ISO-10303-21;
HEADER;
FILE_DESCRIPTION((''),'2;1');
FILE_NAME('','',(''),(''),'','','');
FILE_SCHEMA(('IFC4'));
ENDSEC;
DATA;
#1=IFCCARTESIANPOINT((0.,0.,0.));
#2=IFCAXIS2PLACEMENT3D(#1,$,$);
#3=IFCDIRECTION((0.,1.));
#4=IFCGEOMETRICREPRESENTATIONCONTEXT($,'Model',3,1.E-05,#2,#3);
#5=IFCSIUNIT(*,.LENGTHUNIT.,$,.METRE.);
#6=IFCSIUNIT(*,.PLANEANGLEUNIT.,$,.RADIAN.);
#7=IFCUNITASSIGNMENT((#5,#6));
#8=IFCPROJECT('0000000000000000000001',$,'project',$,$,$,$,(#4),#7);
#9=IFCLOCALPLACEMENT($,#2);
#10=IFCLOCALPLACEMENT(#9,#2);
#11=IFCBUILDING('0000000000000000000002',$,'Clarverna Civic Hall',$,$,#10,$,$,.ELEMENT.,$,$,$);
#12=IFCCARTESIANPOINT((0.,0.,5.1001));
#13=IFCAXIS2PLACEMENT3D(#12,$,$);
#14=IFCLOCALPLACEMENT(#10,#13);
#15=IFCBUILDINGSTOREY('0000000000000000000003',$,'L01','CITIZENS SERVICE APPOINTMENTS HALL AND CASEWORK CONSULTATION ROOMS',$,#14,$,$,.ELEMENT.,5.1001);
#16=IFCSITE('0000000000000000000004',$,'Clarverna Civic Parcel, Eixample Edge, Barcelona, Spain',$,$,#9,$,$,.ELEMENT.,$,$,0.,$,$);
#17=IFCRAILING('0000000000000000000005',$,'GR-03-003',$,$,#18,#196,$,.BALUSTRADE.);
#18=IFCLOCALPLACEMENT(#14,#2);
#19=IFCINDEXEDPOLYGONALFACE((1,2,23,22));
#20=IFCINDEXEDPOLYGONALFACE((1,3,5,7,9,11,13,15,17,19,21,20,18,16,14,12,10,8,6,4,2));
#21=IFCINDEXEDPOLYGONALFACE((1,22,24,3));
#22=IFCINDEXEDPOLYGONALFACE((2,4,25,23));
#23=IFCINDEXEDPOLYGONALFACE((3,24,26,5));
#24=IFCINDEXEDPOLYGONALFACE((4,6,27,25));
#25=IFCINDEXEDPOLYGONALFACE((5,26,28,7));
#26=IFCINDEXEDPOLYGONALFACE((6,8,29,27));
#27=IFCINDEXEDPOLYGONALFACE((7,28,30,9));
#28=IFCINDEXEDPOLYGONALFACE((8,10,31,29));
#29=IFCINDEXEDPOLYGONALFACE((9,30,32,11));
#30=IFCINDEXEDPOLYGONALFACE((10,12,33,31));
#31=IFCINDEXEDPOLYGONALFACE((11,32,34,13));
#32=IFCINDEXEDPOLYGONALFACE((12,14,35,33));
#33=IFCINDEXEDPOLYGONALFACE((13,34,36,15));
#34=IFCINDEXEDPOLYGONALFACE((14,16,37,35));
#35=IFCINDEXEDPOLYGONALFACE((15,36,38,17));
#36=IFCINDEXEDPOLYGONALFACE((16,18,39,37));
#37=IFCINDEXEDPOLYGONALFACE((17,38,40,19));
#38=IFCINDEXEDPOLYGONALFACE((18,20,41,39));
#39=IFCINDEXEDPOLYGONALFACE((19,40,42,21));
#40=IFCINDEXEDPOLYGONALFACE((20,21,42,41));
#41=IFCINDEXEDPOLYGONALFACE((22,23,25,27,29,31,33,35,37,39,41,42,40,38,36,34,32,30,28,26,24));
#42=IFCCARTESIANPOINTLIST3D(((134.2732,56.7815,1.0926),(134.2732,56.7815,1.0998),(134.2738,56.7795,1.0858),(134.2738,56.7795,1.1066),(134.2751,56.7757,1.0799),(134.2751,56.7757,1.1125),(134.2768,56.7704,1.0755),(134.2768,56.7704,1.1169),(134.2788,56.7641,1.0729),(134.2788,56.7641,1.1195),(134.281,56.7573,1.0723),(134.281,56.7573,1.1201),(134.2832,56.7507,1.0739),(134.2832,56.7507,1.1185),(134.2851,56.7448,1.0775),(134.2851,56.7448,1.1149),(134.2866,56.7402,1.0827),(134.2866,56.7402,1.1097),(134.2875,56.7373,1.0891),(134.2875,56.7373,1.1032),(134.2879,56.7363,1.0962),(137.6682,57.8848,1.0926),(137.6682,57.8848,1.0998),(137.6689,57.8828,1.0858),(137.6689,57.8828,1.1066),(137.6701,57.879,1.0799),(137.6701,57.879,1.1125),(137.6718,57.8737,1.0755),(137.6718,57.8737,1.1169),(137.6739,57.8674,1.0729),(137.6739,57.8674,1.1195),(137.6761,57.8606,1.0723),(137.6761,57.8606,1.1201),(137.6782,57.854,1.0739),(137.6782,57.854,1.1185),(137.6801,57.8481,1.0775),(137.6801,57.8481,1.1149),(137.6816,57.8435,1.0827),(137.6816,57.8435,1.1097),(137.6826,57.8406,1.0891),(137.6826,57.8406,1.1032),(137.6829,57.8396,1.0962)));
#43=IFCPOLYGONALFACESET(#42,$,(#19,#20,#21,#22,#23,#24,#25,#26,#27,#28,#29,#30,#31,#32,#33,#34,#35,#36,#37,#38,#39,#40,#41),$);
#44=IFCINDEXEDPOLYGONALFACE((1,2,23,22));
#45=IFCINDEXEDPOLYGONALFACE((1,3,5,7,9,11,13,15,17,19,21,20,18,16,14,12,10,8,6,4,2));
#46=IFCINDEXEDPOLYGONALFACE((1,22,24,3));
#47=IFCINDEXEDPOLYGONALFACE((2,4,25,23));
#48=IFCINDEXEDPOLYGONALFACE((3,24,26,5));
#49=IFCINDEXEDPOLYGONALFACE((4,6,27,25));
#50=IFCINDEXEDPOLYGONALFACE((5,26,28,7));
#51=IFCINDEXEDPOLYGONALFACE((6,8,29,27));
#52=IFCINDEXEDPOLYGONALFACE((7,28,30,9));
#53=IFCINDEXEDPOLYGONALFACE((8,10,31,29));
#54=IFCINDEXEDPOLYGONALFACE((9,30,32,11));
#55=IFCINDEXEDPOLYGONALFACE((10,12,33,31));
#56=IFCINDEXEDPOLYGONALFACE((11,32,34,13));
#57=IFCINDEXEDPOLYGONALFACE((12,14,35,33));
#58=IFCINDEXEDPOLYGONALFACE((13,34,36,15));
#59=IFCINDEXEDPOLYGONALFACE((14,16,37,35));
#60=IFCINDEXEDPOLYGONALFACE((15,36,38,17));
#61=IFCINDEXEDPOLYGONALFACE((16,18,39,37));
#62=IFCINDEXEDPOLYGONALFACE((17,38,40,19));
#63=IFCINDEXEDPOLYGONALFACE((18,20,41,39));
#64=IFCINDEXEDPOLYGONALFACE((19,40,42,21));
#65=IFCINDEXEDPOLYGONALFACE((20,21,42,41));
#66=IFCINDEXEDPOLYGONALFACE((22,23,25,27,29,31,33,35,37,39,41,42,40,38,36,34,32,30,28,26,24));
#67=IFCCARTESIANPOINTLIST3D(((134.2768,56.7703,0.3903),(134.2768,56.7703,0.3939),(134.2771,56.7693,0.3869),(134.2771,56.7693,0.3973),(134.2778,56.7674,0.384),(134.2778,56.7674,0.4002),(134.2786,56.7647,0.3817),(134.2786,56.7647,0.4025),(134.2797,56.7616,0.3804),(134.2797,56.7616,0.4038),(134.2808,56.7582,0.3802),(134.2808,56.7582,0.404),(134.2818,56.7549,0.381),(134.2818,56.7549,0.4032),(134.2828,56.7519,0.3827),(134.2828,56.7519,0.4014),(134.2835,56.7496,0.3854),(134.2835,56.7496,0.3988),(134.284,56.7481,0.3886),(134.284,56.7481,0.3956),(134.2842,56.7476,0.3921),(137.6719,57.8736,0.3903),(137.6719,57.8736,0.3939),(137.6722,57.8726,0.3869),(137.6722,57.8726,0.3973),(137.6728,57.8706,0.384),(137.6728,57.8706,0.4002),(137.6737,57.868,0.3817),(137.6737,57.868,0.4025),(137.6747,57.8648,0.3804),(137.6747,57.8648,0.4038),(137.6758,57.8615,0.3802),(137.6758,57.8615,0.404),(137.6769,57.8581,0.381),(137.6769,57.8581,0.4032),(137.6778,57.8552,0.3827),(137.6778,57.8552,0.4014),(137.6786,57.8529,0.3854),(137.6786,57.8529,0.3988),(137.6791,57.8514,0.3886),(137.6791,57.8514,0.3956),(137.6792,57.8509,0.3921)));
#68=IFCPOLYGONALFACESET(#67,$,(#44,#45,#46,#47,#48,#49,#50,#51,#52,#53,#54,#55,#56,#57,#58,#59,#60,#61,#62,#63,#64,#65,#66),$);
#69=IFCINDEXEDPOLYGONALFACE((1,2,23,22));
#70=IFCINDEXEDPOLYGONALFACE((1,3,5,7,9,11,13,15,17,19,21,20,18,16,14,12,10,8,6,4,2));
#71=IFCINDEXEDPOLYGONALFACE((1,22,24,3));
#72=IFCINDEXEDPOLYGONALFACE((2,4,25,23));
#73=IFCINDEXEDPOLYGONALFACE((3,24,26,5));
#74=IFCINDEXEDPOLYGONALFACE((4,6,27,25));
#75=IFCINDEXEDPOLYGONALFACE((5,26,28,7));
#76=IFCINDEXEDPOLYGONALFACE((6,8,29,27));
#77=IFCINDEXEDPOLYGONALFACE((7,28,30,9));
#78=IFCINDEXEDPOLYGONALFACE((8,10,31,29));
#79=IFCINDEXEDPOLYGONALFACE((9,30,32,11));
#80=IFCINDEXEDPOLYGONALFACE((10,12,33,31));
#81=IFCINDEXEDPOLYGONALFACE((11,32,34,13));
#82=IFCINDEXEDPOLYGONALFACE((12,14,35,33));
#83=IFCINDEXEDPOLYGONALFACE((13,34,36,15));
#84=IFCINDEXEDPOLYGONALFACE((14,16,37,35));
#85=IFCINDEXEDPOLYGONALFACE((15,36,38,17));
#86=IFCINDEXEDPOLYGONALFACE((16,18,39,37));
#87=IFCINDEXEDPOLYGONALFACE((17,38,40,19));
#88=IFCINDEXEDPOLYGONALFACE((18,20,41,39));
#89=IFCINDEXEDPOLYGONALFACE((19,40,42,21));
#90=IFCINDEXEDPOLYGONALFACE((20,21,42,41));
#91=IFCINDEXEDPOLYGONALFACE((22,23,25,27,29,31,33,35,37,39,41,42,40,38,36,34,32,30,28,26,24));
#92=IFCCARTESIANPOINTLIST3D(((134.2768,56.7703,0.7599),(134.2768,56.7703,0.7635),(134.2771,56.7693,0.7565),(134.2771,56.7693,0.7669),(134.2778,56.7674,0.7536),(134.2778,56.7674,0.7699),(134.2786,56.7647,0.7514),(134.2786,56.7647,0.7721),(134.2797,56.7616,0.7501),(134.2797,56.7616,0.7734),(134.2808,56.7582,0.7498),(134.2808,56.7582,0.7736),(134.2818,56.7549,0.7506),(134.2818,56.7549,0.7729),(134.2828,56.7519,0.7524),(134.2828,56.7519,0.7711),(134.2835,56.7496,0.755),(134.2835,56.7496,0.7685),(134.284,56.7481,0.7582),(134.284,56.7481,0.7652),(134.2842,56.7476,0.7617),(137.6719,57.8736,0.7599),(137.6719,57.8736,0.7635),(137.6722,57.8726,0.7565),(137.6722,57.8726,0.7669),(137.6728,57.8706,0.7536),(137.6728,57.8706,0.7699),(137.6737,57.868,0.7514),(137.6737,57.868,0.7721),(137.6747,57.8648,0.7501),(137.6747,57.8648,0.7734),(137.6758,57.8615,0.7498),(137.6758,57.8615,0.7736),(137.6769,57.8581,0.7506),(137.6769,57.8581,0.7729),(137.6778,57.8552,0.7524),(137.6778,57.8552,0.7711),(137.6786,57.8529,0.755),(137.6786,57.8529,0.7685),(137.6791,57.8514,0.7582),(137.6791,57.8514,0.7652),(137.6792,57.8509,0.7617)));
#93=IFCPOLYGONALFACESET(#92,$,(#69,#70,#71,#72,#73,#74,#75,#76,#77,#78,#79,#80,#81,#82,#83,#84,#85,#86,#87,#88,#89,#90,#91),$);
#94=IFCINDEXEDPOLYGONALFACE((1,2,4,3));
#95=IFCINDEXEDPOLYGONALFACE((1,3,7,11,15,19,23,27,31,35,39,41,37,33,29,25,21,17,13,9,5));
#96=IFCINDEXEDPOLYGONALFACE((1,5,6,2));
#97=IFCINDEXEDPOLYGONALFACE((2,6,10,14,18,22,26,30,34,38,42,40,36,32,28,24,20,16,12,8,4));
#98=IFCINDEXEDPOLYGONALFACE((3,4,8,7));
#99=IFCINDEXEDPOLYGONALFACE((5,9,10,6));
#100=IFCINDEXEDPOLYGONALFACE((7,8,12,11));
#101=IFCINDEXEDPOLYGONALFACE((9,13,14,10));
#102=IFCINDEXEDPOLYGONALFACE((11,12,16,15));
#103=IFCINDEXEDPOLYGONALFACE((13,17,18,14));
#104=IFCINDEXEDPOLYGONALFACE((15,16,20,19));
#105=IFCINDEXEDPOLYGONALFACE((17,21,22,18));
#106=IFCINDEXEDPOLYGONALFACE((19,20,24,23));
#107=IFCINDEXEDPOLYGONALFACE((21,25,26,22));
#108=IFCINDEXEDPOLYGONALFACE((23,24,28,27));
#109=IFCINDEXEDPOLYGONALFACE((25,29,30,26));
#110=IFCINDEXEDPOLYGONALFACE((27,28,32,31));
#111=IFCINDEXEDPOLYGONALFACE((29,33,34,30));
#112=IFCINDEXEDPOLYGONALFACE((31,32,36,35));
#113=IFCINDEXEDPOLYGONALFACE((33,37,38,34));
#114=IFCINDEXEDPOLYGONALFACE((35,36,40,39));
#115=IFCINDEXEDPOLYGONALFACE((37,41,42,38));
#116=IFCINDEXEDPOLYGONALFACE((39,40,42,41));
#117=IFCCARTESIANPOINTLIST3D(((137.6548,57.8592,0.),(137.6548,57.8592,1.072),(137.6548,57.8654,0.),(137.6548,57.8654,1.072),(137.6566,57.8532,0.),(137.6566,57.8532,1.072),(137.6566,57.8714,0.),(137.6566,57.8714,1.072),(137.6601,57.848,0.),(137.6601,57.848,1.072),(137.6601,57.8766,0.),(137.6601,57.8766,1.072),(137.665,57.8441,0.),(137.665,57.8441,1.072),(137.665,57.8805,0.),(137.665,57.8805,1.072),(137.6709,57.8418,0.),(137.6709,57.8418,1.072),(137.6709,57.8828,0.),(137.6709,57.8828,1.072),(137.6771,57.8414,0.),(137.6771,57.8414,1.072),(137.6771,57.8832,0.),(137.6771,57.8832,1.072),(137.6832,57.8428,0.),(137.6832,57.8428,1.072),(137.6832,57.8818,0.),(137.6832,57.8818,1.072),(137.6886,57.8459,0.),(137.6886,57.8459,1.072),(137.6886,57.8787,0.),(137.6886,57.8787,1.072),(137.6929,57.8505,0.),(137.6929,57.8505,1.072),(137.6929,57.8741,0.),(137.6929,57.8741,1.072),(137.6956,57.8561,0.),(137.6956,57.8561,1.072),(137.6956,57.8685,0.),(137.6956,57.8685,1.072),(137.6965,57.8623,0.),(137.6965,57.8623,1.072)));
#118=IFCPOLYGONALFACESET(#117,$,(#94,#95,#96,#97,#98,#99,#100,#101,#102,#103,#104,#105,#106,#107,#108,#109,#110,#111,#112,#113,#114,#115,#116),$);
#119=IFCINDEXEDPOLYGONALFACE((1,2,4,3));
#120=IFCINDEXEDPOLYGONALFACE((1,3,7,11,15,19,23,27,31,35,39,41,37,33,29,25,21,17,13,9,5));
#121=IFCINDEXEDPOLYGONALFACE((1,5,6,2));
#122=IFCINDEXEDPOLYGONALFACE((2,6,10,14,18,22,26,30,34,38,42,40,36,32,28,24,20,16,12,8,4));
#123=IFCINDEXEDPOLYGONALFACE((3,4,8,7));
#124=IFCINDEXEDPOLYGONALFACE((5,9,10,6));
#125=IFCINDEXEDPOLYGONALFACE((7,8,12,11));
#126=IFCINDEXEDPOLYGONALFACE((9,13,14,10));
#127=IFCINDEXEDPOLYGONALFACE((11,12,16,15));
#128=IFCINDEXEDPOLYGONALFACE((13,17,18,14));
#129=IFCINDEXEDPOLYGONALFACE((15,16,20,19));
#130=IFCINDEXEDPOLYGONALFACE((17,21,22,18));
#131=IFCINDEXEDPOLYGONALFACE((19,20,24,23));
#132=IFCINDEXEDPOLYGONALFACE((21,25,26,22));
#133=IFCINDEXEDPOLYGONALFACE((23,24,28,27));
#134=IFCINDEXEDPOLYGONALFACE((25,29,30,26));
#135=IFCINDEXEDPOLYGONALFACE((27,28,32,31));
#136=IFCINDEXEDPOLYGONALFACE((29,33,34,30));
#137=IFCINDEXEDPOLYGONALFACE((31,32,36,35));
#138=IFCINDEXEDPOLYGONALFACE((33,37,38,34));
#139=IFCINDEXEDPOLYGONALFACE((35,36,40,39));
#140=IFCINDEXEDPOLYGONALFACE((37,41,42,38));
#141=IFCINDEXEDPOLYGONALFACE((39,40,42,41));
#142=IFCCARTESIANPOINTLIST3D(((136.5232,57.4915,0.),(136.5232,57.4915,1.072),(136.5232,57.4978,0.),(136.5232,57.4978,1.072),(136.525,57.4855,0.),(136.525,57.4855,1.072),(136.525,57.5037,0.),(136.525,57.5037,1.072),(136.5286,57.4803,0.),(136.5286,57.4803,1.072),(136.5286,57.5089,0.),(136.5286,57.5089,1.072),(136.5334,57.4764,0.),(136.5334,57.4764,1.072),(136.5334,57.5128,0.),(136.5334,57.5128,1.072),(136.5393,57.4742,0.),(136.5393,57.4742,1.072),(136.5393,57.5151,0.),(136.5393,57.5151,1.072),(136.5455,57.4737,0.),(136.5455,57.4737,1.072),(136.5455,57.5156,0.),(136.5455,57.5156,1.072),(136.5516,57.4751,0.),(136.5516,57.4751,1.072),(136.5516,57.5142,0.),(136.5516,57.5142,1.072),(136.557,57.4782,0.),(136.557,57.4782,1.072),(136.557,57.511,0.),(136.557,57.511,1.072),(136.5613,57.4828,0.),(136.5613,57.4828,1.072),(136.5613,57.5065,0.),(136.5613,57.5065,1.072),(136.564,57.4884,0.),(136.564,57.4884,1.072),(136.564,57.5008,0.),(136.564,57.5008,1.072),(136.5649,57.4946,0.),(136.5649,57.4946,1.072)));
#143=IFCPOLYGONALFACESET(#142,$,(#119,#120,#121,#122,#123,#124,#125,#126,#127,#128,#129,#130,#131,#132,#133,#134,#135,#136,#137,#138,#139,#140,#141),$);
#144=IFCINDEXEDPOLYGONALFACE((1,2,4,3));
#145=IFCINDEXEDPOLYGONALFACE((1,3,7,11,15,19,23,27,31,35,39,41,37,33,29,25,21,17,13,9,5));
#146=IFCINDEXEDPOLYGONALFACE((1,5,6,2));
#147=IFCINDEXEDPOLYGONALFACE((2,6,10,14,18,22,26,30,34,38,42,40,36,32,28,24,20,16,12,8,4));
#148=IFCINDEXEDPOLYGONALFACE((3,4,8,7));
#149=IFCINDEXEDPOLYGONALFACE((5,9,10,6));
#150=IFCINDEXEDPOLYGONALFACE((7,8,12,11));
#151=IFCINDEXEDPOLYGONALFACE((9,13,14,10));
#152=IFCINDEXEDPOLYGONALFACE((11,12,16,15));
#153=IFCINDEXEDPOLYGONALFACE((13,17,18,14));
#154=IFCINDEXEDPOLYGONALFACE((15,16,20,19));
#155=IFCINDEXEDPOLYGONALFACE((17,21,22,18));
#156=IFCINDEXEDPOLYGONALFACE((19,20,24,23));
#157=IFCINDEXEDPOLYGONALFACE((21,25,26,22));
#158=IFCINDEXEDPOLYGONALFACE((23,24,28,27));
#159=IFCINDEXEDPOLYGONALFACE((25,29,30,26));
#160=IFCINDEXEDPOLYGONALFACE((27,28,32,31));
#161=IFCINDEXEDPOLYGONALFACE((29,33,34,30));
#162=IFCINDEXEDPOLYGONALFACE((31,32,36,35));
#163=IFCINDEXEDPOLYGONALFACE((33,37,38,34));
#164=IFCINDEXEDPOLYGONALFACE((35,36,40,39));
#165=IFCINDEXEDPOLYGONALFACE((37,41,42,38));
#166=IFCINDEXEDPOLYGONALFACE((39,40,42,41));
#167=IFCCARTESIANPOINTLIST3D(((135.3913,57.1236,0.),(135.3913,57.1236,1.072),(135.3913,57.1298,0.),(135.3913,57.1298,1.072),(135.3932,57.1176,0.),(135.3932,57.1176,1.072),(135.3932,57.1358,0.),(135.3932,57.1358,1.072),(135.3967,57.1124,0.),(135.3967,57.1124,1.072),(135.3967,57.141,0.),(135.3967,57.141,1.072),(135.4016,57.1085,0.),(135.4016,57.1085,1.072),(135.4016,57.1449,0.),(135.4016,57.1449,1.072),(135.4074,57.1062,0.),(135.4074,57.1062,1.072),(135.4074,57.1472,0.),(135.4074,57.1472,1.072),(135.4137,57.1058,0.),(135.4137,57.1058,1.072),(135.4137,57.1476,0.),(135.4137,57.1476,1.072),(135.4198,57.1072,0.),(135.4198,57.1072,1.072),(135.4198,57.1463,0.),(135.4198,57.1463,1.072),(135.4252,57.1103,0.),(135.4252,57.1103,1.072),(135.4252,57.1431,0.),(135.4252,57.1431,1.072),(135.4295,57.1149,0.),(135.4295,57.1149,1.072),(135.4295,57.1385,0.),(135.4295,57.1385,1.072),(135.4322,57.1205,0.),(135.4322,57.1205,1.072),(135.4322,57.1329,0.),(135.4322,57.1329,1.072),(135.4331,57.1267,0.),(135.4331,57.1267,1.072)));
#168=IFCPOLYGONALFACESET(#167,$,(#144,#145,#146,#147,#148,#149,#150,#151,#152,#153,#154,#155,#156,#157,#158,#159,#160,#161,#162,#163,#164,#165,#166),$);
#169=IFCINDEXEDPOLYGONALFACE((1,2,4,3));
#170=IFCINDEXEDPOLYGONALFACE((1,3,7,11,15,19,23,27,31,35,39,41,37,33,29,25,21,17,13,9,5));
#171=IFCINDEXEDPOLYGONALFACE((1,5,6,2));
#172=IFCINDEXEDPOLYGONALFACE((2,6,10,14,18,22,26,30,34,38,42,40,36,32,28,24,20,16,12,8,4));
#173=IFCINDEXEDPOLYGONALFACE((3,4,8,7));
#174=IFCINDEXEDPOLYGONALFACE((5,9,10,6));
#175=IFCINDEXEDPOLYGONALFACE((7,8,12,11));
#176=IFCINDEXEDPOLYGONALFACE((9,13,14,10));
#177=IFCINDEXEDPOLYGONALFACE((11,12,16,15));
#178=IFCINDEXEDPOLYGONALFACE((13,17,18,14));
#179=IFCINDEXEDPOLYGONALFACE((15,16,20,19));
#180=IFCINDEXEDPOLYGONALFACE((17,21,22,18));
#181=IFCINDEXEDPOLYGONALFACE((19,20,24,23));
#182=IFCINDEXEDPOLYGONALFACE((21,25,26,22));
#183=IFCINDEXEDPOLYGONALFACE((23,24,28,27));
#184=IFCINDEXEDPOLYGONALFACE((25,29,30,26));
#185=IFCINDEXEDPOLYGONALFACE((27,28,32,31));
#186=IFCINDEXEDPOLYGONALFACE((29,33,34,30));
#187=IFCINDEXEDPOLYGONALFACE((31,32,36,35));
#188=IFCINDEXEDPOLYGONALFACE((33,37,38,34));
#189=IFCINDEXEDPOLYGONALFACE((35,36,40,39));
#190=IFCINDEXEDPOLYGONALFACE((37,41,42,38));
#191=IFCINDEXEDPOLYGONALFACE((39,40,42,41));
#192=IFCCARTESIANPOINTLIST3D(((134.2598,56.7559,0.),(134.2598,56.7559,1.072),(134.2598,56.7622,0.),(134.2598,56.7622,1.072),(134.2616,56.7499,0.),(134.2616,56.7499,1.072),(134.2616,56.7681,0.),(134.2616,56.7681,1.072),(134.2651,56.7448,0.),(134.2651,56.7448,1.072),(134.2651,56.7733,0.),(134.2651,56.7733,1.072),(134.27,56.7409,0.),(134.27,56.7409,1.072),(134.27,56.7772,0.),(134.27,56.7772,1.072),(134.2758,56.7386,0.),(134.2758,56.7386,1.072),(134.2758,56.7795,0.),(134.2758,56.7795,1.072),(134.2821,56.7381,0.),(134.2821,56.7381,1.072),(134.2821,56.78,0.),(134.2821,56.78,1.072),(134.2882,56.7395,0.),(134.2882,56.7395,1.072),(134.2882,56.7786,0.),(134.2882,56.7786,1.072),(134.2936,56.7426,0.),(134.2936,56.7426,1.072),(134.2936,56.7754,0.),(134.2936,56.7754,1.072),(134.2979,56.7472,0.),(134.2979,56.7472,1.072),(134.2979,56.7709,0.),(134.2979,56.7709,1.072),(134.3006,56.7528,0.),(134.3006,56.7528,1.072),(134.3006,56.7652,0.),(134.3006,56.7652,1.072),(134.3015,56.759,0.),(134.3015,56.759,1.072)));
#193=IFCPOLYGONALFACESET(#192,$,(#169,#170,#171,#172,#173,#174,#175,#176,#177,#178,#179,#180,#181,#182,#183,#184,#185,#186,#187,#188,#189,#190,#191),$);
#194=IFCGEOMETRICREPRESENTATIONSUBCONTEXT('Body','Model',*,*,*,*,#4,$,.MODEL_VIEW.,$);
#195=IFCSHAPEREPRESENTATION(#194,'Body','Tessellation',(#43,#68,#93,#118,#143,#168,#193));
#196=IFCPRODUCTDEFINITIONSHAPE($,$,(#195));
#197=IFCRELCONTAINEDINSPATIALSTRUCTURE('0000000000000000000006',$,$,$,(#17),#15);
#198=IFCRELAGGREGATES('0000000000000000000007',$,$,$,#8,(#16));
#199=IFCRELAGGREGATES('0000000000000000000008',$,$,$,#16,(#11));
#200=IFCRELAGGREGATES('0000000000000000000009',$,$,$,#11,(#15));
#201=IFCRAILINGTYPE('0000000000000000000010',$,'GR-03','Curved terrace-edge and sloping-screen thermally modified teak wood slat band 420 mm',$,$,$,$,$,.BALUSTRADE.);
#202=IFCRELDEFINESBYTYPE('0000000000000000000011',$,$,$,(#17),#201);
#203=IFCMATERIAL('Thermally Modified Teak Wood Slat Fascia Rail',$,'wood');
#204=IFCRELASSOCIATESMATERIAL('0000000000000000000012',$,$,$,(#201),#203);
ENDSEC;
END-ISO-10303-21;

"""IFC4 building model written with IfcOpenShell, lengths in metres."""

from ifc_helpers import new_model, si_unit, direction, frame, origin, origin_2d, place, context, subcontext, project, spatial, circle, extrude, material, type_object, element, save


model = new_model("IFC4")

# Units and contexts
model_context = context("Model", 3, precision=1e-05, world=origin(), true_north=direction((0.0, 1.0)))
body_context = subcontext(model_context, "Body", "Model", "MODEL_VIEW")
ifc_project = project(units=[si_unit("LENGTHUNIT", "METRE"), si_unit("PLANEANGLEUNIT", "RADIAN")], contexts=[model_context])

# Site, building, storey
site_placement = place(None, origin())
site = spatial("IfcSite", under=ifc_project, at=site_placement, Name="Clarverna Civic Parcel, Eixample Edge, Barcelona, Spain", CompositionType="ELEMENT", RefElevation=0.0)
building_placement = place(site_placement, origin())
building = spatial("IfcBuilding", under=site, at=building_placement, Name="Clarverna Civic Hall", CompositionType="ELEMENT")
storey_placement = place(building_placement, frame((0.0, 0.0, 5.1001)))
storey = spatial("IfcBuildingStorey", under=building, at=storey_placement, Name="L01", Description="CITIZENS SERVICE APPOINTMENTS HALL AND CASEWORK CONSULTATION ROOMS", CompositionType="ELEMENT", Elevation=5.1001)

# Railing
ifc_material_1 = material(Name="Thermally Modified Teak Wood Slat Fascia Rail", Category="wood")
railing_type_1 = type_object("IfcRailingType", Name="GR-03", Description="Curved terrace-edge and sloping-screen thermally modified teak wood slat band 420 mm", PredefinedType="BALUSTRADE", material=ifc_material_1)
railing_1_placement = place(storey_placement, frame((137.6755, 57.8623, 0.0)))
element("IfcRailing", 1, at=railing_1_placement, inside=storey, type_object=railing_type_1, Name="GR-03-003", PredefinedType="BALUSTRADE", context=body_context, shape_type="SweptSolid", body=[
    extrude(circle(Radius=0.0239, at=origin_2d()), frame((0.0, 0.0, 1.0962), z_axis=(-0.951043, -0.309058, 0.0), x_axis=(0.309058, -0.951043, 0.0)), (0.0, 0.0, 1.0), 3.5698),
    extrude(circle(Radius=0.012, at=origin_2d()), frame((0.0, 0.0, 0.3921), z_axis=(-0.951043, -0.309058, 0.0), x_axis=(0.309058, -0.951043, 0.0)), (0.0, 0.0, 1.0), 3.5698),
    extrude(circle(Radius=0.012, at=origin_2d()), frame((0.0, 0.0, 0.7617), z_axis=(-0.951043, -0.309058, 0.0), x_axis=(0.309058, -0.951043, 0.0)), (0.0, 0.0, 1.0), 3.5698),
    extrude(circle(Radius=0.021, at=origin_2d()), origin(), (0.0, 0.0, 1.0), 1.072),
    extrude(circle(Radius=0.021, at=origin_2d()), frame((-1.1316, -0.3677, 0.0)), (0.0, 0.0, 1.0), 1.072),
    extrude(circle(Radius=0.021, at=origin_2d()), frame((-2.2634, -0.7356, 0.0)), (0.0, 0.0, 1.0), 1.072),
    extrude(circle(Radius=0.021, at=origin_2d()), frame((-3.395, -1.1033, 0.0)), (0.0, 0.0, 1.0), 1.072),
])

save(model, "model.ifc")
